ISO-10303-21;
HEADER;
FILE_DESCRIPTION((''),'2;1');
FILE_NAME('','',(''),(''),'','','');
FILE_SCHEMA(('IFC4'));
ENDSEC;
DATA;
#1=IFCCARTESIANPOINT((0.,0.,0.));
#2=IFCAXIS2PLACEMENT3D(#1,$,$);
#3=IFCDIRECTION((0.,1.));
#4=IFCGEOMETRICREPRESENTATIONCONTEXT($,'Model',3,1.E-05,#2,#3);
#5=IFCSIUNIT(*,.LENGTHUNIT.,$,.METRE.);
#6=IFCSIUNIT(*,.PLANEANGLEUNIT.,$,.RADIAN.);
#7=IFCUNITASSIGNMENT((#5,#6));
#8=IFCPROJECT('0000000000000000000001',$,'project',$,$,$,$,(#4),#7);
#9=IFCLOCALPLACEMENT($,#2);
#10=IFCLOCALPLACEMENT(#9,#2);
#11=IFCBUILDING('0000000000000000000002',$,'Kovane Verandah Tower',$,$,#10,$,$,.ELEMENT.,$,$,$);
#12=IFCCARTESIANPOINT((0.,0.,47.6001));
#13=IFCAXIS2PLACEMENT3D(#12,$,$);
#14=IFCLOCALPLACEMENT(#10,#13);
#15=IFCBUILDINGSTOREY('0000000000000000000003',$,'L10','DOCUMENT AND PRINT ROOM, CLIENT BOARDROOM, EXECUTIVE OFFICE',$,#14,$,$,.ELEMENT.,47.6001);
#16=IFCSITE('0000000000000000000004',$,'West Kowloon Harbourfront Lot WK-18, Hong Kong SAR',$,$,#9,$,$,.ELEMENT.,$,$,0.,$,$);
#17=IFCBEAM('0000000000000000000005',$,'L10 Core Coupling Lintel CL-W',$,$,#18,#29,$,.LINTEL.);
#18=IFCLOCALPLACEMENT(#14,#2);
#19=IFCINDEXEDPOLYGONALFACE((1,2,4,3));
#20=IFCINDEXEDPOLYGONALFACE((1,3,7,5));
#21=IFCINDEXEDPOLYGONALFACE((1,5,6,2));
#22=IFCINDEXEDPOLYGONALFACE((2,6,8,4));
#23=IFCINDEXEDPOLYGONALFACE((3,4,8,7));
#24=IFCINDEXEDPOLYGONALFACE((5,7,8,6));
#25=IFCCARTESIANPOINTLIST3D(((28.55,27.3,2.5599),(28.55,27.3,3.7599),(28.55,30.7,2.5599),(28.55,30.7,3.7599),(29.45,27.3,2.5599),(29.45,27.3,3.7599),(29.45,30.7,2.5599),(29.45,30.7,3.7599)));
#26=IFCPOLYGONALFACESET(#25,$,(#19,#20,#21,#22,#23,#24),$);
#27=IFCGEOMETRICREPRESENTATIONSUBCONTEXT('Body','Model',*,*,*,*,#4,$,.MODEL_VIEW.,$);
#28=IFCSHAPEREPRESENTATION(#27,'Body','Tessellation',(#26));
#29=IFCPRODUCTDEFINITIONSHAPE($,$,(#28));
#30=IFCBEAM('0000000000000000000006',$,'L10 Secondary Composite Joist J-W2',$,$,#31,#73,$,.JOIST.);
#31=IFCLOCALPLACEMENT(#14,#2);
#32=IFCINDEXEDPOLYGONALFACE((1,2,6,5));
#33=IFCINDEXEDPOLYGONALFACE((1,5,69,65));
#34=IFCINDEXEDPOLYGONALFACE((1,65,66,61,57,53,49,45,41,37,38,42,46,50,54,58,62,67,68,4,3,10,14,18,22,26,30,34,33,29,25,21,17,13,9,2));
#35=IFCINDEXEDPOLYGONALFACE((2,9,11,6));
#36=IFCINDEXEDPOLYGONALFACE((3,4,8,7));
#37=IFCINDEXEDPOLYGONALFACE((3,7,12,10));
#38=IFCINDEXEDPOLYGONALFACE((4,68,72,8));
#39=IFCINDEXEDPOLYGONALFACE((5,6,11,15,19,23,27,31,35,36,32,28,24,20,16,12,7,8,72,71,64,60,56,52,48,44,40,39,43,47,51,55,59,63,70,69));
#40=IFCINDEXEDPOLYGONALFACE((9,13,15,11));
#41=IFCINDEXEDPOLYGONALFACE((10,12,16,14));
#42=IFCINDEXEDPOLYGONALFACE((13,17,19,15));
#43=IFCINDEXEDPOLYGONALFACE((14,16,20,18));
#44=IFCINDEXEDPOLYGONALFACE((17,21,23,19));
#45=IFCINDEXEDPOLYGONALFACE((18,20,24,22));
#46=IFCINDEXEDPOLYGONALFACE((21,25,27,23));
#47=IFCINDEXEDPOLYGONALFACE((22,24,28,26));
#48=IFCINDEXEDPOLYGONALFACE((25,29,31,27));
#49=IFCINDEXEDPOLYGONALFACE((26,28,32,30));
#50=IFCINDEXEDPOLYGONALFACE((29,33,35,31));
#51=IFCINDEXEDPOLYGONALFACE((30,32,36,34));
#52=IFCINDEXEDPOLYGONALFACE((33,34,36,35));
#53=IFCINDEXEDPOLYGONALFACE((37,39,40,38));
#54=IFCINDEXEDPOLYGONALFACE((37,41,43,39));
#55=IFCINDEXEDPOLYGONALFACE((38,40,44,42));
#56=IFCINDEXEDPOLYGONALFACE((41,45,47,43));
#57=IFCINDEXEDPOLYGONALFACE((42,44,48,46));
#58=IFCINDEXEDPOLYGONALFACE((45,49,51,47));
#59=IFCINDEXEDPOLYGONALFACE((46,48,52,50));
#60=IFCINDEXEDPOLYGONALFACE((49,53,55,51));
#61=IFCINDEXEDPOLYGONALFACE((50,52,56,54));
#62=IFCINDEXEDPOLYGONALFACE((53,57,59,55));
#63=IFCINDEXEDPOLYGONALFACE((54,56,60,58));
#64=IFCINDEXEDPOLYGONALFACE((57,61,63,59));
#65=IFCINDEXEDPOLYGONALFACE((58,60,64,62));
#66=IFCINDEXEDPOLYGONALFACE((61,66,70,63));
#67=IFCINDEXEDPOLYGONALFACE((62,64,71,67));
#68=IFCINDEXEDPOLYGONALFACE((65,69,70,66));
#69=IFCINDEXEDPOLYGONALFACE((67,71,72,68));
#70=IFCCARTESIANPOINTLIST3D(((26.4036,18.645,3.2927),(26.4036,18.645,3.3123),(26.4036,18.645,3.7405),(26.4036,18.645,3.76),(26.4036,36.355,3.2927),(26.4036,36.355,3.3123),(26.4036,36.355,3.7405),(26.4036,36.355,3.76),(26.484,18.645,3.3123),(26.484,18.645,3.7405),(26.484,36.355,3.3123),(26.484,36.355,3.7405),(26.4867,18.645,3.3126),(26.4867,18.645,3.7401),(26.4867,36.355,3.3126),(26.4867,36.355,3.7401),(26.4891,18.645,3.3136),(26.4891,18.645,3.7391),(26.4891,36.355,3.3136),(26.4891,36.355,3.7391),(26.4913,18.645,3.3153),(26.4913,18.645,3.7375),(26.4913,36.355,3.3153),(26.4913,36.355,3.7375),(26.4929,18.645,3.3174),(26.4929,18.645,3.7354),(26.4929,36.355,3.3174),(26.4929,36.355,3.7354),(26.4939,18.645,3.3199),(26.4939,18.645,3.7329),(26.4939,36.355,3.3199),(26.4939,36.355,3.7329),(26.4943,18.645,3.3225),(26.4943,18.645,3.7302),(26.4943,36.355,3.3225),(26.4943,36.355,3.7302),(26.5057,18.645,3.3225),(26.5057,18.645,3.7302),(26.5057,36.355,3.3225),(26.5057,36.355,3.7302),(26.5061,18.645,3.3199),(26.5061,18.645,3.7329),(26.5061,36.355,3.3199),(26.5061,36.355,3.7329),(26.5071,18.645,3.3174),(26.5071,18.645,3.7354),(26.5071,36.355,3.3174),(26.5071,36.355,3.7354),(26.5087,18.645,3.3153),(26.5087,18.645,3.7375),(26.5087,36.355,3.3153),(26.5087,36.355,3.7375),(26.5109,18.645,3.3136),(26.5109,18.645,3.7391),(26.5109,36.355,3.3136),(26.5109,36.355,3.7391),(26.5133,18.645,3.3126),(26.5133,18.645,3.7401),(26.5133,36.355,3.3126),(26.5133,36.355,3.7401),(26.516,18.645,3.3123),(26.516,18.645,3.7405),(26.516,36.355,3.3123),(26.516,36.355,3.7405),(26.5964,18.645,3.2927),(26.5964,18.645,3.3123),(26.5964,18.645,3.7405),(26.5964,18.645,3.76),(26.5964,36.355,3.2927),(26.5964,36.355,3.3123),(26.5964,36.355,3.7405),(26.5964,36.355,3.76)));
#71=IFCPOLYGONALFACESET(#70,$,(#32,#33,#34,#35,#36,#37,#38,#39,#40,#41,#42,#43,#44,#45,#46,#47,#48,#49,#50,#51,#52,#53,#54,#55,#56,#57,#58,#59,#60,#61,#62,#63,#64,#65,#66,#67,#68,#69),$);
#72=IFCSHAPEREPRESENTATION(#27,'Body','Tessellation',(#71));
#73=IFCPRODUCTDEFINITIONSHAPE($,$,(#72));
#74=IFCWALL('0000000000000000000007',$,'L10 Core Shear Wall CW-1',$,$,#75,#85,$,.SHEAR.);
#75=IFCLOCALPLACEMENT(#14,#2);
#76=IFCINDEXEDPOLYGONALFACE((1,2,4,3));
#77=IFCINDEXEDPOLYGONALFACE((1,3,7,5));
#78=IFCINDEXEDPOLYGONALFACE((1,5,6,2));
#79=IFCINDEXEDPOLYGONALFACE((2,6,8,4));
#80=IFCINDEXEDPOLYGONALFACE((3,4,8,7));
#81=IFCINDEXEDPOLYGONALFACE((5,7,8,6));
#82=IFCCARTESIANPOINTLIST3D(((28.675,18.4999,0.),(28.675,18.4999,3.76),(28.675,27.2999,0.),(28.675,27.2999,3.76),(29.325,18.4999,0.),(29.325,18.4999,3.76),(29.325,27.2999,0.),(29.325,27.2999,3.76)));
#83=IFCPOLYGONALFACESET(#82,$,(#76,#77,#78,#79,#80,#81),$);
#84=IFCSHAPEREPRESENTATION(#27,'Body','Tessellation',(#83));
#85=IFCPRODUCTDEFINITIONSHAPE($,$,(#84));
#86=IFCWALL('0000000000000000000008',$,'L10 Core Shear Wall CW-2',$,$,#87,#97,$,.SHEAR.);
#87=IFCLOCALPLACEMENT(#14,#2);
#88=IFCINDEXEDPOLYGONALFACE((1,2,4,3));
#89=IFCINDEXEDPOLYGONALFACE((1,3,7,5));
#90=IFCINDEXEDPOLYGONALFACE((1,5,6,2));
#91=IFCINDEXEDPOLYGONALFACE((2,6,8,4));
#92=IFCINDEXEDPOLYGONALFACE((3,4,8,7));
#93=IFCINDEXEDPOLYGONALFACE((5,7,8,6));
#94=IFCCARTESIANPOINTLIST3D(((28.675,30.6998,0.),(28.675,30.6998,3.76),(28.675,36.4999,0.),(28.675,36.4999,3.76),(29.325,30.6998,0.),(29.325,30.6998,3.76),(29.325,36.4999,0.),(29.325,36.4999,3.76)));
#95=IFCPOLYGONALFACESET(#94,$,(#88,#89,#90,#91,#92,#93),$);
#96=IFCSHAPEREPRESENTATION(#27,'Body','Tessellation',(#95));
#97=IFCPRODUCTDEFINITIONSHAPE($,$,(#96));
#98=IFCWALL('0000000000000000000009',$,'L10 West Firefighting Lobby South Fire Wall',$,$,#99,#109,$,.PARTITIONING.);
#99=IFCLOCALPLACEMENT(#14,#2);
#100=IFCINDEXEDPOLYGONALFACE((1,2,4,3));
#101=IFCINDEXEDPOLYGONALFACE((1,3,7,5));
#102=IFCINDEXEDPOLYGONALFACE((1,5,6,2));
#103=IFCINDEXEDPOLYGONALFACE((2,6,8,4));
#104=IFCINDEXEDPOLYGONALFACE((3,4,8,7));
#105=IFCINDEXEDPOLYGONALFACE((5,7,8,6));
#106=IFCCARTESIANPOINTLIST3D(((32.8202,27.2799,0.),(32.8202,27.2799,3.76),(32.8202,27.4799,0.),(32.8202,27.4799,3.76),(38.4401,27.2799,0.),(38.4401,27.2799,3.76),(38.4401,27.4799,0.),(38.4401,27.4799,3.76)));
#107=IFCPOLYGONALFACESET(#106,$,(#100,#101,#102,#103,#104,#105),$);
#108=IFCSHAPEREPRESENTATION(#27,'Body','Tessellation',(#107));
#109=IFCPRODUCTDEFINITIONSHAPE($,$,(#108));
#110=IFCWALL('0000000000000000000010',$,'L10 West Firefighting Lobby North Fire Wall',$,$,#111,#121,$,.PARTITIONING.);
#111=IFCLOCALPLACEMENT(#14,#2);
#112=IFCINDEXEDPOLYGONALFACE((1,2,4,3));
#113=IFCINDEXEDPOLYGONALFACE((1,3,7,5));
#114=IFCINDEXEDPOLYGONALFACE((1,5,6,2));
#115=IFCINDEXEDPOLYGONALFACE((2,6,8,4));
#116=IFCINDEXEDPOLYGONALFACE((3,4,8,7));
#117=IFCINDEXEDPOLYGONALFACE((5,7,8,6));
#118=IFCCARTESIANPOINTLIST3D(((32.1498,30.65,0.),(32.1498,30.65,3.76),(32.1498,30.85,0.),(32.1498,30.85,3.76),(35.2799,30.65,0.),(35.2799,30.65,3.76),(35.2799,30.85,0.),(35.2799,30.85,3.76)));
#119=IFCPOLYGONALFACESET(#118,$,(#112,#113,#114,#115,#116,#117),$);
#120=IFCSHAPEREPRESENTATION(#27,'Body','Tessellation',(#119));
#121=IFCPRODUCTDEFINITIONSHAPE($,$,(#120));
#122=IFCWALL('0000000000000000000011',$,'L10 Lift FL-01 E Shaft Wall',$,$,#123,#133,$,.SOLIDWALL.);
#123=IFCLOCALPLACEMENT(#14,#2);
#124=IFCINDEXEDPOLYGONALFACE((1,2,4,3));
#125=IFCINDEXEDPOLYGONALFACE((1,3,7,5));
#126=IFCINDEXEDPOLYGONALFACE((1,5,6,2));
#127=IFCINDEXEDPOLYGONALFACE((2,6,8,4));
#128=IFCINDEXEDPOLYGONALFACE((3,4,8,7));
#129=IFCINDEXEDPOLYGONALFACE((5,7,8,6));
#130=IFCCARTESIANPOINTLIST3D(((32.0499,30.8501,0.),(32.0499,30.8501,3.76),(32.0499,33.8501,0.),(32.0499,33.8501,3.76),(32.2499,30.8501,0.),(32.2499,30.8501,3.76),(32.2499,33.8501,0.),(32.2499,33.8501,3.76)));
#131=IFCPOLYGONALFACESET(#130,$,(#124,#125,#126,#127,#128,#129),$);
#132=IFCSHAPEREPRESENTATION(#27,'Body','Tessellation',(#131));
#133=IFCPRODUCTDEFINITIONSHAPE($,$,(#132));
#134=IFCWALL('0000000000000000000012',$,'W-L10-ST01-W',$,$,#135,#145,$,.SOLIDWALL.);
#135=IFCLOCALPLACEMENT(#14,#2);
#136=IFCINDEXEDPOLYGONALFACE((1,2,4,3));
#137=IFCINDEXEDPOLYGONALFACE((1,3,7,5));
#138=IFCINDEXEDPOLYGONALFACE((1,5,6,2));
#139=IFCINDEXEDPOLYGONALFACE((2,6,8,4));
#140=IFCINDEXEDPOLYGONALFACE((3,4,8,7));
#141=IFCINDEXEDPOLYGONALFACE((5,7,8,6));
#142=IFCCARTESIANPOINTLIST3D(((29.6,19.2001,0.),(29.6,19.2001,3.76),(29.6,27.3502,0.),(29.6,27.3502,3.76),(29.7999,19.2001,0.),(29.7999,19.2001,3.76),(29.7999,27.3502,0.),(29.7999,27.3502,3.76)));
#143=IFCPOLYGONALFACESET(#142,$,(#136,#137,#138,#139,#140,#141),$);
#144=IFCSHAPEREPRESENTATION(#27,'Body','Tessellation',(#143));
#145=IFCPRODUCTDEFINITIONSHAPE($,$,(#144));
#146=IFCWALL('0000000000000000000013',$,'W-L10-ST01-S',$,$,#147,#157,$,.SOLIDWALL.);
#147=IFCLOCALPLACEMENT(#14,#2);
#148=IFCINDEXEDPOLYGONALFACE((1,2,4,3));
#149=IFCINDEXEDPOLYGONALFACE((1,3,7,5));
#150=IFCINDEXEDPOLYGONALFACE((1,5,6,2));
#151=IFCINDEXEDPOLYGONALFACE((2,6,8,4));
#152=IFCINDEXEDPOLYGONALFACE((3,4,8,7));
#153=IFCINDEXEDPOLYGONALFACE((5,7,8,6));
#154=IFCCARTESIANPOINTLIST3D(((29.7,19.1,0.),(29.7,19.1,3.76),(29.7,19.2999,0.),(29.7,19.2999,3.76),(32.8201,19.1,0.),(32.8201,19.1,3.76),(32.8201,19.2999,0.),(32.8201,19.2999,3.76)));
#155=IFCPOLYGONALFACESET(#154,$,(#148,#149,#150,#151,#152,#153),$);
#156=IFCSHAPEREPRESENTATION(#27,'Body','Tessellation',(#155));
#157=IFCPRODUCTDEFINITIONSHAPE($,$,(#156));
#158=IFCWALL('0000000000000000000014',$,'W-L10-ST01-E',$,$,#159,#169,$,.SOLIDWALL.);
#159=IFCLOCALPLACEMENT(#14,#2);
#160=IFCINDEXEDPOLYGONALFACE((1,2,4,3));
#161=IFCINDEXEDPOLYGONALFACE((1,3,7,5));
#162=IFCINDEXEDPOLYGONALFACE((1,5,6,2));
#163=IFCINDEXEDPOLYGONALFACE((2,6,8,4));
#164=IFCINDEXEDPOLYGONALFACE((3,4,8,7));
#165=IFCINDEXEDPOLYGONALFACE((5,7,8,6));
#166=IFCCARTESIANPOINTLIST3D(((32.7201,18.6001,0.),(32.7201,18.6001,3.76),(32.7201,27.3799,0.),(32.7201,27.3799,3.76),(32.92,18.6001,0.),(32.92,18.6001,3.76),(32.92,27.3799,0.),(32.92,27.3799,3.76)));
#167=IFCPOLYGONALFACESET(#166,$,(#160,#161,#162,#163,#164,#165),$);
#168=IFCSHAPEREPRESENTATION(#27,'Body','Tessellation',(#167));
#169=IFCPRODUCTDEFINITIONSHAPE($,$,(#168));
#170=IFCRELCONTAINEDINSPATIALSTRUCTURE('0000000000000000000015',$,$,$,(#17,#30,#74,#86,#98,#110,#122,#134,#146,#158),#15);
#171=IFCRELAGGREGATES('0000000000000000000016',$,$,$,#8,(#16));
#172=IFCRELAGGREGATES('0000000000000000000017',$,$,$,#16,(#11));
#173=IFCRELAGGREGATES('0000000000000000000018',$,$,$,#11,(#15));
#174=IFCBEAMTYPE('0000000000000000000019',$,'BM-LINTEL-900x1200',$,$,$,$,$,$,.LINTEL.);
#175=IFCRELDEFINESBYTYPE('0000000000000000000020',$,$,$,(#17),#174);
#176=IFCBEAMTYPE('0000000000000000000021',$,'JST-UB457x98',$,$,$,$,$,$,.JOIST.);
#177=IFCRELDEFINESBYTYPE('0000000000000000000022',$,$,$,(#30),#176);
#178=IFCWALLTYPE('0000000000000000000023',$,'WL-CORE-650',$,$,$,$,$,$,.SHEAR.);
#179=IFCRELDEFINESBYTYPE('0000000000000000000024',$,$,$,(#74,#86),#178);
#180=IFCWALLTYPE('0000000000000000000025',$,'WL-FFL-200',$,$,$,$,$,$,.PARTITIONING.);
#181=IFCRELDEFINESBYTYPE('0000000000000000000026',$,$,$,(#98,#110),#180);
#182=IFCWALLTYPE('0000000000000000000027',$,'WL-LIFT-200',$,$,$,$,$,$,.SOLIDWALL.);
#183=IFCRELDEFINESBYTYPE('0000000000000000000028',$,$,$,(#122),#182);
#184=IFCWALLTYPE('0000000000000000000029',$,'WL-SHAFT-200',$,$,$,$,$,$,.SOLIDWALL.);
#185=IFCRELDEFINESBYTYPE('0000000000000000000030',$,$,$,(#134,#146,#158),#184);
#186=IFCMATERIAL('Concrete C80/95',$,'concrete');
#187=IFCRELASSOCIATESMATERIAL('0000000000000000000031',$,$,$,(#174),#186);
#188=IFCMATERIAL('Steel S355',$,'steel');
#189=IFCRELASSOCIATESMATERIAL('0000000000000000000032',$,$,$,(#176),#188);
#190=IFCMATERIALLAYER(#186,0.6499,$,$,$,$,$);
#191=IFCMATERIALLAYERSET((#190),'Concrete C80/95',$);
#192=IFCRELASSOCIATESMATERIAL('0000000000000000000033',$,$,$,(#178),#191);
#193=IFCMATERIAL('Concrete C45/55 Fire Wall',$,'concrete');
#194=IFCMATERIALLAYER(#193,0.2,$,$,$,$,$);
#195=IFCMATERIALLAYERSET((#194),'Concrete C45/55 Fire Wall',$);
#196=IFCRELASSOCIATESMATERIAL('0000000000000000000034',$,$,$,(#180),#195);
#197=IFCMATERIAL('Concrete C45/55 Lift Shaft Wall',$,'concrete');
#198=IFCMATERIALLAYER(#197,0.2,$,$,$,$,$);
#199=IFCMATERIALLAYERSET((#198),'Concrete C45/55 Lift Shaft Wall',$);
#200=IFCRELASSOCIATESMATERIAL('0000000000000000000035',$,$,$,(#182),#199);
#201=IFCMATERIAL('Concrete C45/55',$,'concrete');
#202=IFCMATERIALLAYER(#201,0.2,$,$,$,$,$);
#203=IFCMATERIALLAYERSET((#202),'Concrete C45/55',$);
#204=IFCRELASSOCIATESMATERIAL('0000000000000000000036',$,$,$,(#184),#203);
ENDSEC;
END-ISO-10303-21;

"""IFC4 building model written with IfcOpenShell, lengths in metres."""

from ifc_helpers import new_model, si_unit, direction, frame, frame_2d, origin, origin_2d, place, context, subcontext, project, spatial, rectangle, i_section, extrude, material, layer, layer_set, material_profile, profile_set, type_object, element, save


model = new_model("IFC4")

# Units and contexts
model_context = context("Model", 3, precision=1e-05, world=origin(), true_north=direction((0.0, 1.0)))
body_context = subcontext(model_context, "Body", "Model", "MODEL_VIEW")
ifc_project = project(units=[si_unit("LENGTHUNIT", "METRE"), si_unit("PLANEANGLEUNIT", "RADIAN")], contexts=[model_context])

# Site, building, storey
site_placement = place(None, origin())
site = spatial("IfcSite", under=ifc_project, at=site_placement, Name="West Kowloon Harbourfront Lot WK-18, Hong Kong SAR", CompositionType="ELEMENT", RefElevation=0.0)
building_placement = place(site_placement, origin())
building = spatial("IfcBuilding", under=site, at=building_placement, Name="Kovane Verandah Tower", CompositionType="ELEMENT")
storey_placement = place(building_placement, frame((0.0, 0.0, 47.6001)))
storey = spatial("IfcBuildingStorey", under=building, at=storey_placement, Name="L10", Description="DOCUMENT AND PRINT ROOM, CLIENT BOARDROOM, EXECUTIVE OFFICE", CompositionType="ELEMENT", Elevation=47.6001)

# Beams
ifc_material_1 = material(Name="Concrete C80/95", Category="concrete")
ifc_material_profile_1 = material_profile(ifc_material_1, rectangle(XDim=0.8999, YDim=1.2, at=origin_2d()), Name="RCB900x1200")
ifc_profile_set_1 = profile_set([ifc_material_profile_1], Name="Concrete C80/95")
beam_type_1 = type_object("IfcBeamType", Name="BM-LINTEL-900x1200", PredefinedType="LINTEL", material=ifc_profile_set_1)
beam_1_placement = place(storey_placement, frame((29.0, 27.3, 3.1599), z_axis=(0.0, 1.0, 0.0), x_axis=(-1.0, 0.0, 0.0)))
element("IfcBeam", 1, at=beam_1_placement, inside=storey, type_object=beam_type_1, Name="L10 Core Coupling Lintel CL-W", PredefinedType="LINTEL", context=body_context, shape_type="SweptSolid", body=[
    extrude(rectangle(XDim=0.8999, YDim=1.2, at=origin_2d()), origin(), (0.0, 0.0, 1.0), 3.3999),
])
ifc_material_2 = material(Name="Steel S355", Category="steel")
ifc_material_profile_2 = material_profile(ifc_material_2, i_section(OverallWidth=0.1929, OverallDepth=0.4673, WebThickness=0.0115, FlangeThickness=0.0195, FilletRadius=0.0103, at=origin_2d()), Name="UB457x191x98")
ifc_profile_set_2 = profile_set([ifc_material_profile_2], Name="Steel S355")
beam_type_2 = type_object("IfcBeamType", Name="JST-UB457x98", PredefinedType="JOIST", material=ifc_profile_set_2)
beam_2_placement = place(storey_placement, frame((26.5, 18.645, 3.5264), z_axis=(0.0, 1.0, 0.0), x_axis=(-1.0, 0.0, 0.0)))
element("IfcBeam", 2, at=beam_2_placement, inside=storey, type_object=beam_type_2, Name="L10 Secondary Composite Joist J-W2", PredefinedType="JOIST", context=body_context, shape_type="SweptSolid", body=[
    extrude(i_section(OverallWidth=0.1929, OverallDepth=0.4673, WebThickness=0.0115, FlangeThickness=0.0195, FilletRadius=0.0103, at=origin_2d()), origin(), (0.0, 0.0, 1.0), 17.71),
])

# Walls
ifc_layer_1 = layer(ifc_material_1, 0.6499)
ifc_layer_set_1 = layer_set([ifc_layer_1], Name="Concrete C80/95")
wall_type_1 = type_object("IfcWallType", Name="WL-CORE-650", PredefinedType="SHEAR", material=ifc_layer_set_1)
wall_1_placement = place(storey_placement, frame((29.0, 18.5, 0.0), z_axis=(0.0, 0.0, 1.0), x_axis=(0.0, 1.0, 0.0)))
element("IfcWall", 3, at=wall_1_placement, inside=storey, type_object=wall_type_1, Name="L10 Core Shear Wall CW-1", PredefinedType="SHEAR", context=body_context, shape_type="SweptSolid", body=[
    extrude(rectangle(XDim=8.8, YDim=0.6499, at=frame_2d((4.3999, 0.0))), origin(), (0.0, 0.0, 1.0), 3.76),
])
wall_2_placement = place(storey_placement, frame((29.0, 30.7, 0.0), z_axis=(0.0, 0.0, 1.0), x_axis=(0.0, 1.0, 0.0)))
element("IfcWall", 4, at=wall_2_placement, inside=storey, type_object=wall_type_1, Name="L10 Core Shear Wall CW-2", PredefinedType="SHEAR", context=body_context, shape_type="SweptSolid", body=[
    extrude(rectangle(XDim=5.8, YDim=0.6499, at=frame_2d((2.8999, 0.0))), origin(), (0.0, 0.0, 1.0), 3.76),
])

# Shared definitions
ifc_material_3 = material(Name="Concrete C45/55 Fire Wall", Category="concrete")
ifc_layer_2 = layer(ifc_material_3, 0.2)
ifc_layer_set_2 = layer_set([ifc_layer_2], Name="Concrete C45/55 Fire Wall")
wall_type_2 = type_object("IfcWallType", Name="WL-FFL-200", PredefinedType="PARTITIONING", material=ifc_layer_set_2)

# Walls
wall_3_placement = place(storey_placement, frame((32.8201, 27.3799, 0.0), z_axis=(0.0, 0.0, 1.0), x_axis=(1.0, 0.0, 0.0)))
element("IfcWall", 5, at=wall_3_placement, inside=storey, type_object=wall_type_2, Name="L10 West Firefighting Lobby South Fire Wall", PredefinedType="PARTITIONING", context=body_context, shape_type="SweptSolid", body=[
    extrude(rectangle(XDim=5.6199, YDim=0.2, at=frame_2d((2.8101, 0.0))), origin(), (0.0, 0.0, 1.0), 3.76),
])
wall_4_placement = place(storey_placement, frame((32.1499, 30.75, 0.0), z_axis=(0.0, 0.0, 1.0), x_axis=(1.0, 0.0, 0.0)))
element("IfcWall", 6, at=wall_4_placement, inside=storey, type_object=wall_type_2, Name="L10 West Firefighting Lobby North Fire Wall", PredefinedType="PARTITIONING", context=body_context, shape_type="SweptSolid", body=[
    extrude(rectangle(XDim=3.1301, YDim=0.2, at=frame_2d((1.5649, 0.0))), origin(), (0.0, 0.0, 1.0), 3.76),
])

# Shared definitions
ifc_material_4 = material(Name="Concrete C45/55 Lift Shaft Wall", Category="concrete")
ifc_layer_3 = layer(ifc_material_4, 0.2)
ifc_layer_set_3 = layer_set([ifc_layer_3], Name="Concrete C45/55 Lift Shaft Wall")
wall_type_3 = type_object("IfcWallType", Name="WL-LIFT-200", PredefinedType="SOLIDWALL", material=ifc_layer_set_3)

# Walls
wall_5_placement = place(storey_placement, frame((32.1499, 30.8501, 0.0), z_axis=(0.0, 0.0, 1.0), x_axis=(0.0, 1.0, 0.0)))
element("IfcWall", 7, at=wall_5_placement, inside=storey, type_object=wall_type_3, Name="L10 Lift FL-01 E Shaft Wall", PredefinedType="SOLIDWALL", context=body_context, shape_type="SweptSolid", body=[
    extrude(rectangle(XDim=3.0, YDim=0.2, at=frame_2d((1.5, 0.0))), origin(), (0.0, 0.0, 1.0), 3.76),
])
ifc_material_5 = material(Name="Concrete C45/55", Category="concrete")
ifc_layer_4 = layer(ifc_material_5, 0.2)
ifc_layer_set_4 = layer_set([ifc_layer_4], Name="Concrete C45/55")
wall_type_4 = type_object("IfcWallType", Name="WL-SHAFT-200", PredefinedType="SOLIDWALL", material=ifc_layer_set_4)
wall_6_placement = place(storey_placement, frame((29.7, 19.2, 0.0), z_axis=(0.0, 0.0, 1.0), x_axis=(0.0, 1.0, 0.0)))
element("IfcWall", 8, at=wall_6_placement, inside=storey, type_object=wall_type_4, Name="W-L10-ST01-W", PredefinedType="SOLIDWALL", context=body_context, shape_type="SweptSolid", body=[
    extrude(rectangle(XDim=8.1501, YDim=0.2, at=frame_2d((4.0752, 0.0))), origin(), (0.0, 0.0, 1.0), 3.76),
])
wall_7_placement = place(storey_placement, frame((29.7, 19.2, 0.0), z_axis=(0.0, 0.0, 1.0), x_axis=(1.0, 0.0, 0.0)))
element("IfcWall", 9, at=wall_7_placement, inside=storey, type_object=wall_type_4, Name="W-L10-ST01-S", PredefinedType="SOLIDWALL", context=body_context, shape_type="SweptSolid", body=[
    extrude(rectangle(XDim=3.1201, YDim=0.2, at=frame_2d((1.5601, 0.0))), origin(), (0.0, 0.0, 1.0), 3.76),
])
wall_8_placement = place(storey_placement, frame((32.8201, 18.6001, 0.0), z_axis=(0.0, 0.0, 1.0), x_axis=(0.0, 1.0, 0.0)))
element("IfcWall", 10, at=wall_8_placement, inside=storey, type_object=wall_type_4, Name="W-L10-ST01-E", PredefinedType="SOLIDWALL", context=body_context, shape_type="SweptSolid", body=[
    extrude(rectangle(XDim=8.7798, YDim=0.2, at=frame_2d((4.3899, 0.0))), origin(), (0.0, 0.0, 1.0), 3.76),
])

save(model, "model.ifc")
